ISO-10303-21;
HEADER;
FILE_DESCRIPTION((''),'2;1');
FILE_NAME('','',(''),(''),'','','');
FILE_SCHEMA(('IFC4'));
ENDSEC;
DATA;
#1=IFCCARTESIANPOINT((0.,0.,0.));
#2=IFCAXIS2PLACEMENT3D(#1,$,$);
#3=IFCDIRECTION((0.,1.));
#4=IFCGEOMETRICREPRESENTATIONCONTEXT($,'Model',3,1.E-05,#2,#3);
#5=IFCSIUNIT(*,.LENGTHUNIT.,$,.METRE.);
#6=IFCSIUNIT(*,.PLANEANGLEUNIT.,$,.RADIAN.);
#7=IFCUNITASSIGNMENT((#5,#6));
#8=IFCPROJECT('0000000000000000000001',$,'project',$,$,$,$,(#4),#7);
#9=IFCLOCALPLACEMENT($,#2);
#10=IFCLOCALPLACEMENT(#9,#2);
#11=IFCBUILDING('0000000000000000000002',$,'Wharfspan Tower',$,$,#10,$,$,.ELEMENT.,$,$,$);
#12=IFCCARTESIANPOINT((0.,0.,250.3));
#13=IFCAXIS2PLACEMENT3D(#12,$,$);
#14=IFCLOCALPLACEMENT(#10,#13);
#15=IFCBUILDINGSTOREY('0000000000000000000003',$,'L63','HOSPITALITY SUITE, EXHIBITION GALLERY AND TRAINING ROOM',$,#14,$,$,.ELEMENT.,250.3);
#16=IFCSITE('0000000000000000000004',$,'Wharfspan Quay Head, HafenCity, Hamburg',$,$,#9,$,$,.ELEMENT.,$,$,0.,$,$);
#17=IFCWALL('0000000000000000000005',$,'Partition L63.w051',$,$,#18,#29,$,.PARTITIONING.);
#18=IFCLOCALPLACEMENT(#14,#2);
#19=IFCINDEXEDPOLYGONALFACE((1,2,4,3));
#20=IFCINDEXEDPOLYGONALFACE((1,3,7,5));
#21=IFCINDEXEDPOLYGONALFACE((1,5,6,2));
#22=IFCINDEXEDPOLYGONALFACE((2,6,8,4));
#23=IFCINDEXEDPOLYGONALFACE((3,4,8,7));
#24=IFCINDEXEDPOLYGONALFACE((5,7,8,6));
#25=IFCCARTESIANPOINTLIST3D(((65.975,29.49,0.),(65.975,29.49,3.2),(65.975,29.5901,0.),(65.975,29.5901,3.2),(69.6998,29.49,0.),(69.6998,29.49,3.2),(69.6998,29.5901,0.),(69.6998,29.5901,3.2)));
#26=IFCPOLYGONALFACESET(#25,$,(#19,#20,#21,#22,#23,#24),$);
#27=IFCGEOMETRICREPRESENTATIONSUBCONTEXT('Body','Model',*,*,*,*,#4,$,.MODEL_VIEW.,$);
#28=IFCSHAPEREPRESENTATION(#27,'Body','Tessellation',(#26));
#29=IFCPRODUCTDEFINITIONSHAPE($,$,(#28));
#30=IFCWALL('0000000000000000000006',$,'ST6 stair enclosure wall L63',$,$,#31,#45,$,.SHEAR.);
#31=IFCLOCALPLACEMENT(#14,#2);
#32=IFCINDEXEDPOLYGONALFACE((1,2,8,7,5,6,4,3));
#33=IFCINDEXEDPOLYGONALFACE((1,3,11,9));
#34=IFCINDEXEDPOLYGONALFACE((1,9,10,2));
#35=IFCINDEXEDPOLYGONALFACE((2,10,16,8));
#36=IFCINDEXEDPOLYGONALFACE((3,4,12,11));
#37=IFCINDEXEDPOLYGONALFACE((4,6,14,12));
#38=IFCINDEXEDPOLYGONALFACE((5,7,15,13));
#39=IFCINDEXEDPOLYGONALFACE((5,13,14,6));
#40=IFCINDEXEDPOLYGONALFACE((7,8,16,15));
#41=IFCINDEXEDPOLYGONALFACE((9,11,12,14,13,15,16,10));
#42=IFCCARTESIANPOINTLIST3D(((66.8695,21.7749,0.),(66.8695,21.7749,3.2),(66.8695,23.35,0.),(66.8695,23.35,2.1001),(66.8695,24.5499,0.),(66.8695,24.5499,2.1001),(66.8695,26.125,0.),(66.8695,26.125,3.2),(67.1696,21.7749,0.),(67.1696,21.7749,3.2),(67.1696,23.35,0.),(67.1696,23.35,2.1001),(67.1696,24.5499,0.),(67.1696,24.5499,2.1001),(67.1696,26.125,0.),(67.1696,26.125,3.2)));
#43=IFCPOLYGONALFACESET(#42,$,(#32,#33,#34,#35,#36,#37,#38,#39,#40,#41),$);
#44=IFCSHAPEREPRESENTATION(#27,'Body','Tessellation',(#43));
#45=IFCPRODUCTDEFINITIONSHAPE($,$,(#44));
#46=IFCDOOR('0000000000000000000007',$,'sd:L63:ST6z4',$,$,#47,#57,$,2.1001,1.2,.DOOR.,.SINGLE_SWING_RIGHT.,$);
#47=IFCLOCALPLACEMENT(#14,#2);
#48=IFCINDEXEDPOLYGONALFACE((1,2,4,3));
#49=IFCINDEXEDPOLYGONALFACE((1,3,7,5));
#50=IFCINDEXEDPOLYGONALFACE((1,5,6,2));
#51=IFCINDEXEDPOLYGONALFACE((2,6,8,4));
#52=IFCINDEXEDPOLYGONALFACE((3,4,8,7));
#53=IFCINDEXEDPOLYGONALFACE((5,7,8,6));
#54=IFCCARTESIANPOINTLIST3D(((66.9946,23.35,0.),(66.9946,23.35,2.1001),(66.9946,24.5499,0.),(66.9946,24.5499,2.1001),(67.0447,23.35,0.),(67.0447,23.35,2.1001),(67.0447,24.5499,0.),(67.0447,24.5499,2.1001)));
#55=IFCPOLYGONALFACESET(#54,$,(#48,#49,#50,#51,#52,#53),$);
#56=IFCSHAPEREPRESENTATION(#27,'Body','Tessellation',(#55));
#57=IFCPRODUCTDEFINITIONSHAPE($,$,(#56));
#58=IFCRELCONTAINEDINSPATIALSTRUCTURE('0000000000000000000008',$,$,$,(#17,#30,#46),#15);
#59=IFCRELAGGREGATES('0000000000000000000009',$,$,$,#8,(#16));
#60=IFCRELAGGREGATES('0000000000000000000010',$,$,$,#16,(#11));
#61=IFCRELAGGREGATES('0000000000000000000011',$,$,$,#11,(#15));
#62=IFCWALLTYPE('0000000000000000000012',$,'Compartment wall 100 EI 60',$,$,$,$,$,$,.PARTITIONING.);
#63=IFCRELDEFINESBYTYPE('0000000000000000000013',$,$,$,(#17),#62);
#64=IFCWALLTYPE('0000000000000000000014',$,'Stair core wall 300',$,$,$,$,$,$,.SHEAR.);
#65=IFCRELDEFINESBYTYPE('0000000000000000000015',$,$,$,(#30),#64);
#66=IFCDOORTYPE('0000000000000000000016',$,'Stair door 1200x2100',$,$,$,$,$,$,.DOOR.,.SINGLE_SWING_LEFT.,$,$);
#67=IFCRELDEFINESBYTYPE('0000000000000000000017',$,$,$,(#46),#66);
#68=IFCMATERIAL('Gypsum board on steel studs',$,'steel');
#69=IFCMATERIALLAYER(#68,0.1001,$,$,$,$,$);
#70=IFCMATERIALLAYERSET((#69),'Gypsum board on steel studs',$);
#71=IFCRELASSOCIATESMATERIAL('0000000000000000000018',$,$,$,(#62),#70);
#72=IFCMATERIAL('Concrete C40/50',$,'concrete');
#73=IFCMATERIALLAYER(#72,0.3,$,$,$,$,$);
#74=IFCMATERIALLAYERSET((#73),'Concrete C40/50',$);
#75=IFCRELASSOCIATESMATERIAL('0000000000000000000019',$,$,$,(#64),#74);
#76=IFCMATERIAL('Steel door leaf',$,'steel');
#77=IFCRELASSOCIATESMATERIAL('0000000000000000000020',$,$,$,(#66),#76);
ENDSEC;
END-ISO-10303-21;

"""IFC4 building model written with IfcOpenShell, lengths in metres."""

from ifc_helpers import new_model, si_unit, direction, frame, frame_2d, origin, place, context, subcontext, project, spatial, rectangle, extrude, material, layer, layer_set, type_object, element, fill, save


model = new_model("IFC4")

# Units and contexts
model_context = context("Model", 3, precision=1e-05, world=origin(), true_north=direction((0.0, 1.0)))
body_context = subcontext(model_context, "Body", "Model", "MODEL_VIEW")
ifc_project = project(units=[si_unit("LENGTHUNIT", "METRE"), si_unit("PLANEANGLEUNIT", "RADIAN")], contexts=[model_context])

# Site, building, storey
site_placement = place(None, origin())
site = spatial("IfcSite", under=ifc_project, at=site_placement, Name="Wharfspan Quay Head, HafenCity, Hamburg", CompositionType="ELEMENT", RefElevation=0.0)
building_placement = place(site_placement, origin())
building = spatial("IfcBuilding", under=site, at=building_placement, Name="Wharfspan Tower", CompositionType="ELEMENT")
storey_placement = place(building_placement, frame((0.0, 0.0, 250.3)))
storey = spatial("IfcBuildingStorey", under=building, at=storey_placement, Name="L63", Description="HOSPITALITY SUITE, EXHIBITION GALLERY AND TRAINING ROOM", CompositionType="ELEMENT", Elevation=250.3)

# Shared definitions
ifc_material_1 = material(Name="Gypsum board on steel studs", Category="steel")
ifc_layer_1 = layer(ifc_material_1, 0.1001)
ifc_layer_set_1 = layer_set([ifc_layer_1], Name="Gypsum board on steel studs")
wall_type_1 = type_object("IfcWallType", Name="Compartment wall 100 EI 60", PredefinedType="PARTITIONING", material=ifc_layer_set_1)

# Wall
wall_1_placement = place(storey_placement, frame((65.9751, 29.54, 0.0), z_axis=(0.0, 0.0, 1.0), x_axis=(1.0, 0.0, 0.0)))
element("IfcWall", 1, at=wall_1_placement, inside=storey, type_object=wall_type_1, Name="Partition L63.w051", PredefinedType="PARTITIONING", context=body_context, shape_type="SweptSolid", body=[
    extrude(rectangle(XDim=3.7249, YDim=0.1001, at=frame_2d((1.8623, 0.0))), origin(), (0.0, 0.0, 1.0), 3.2),
])

# Wall, opening, door
ifc_material_2 = material(Name="Concrete C40/50", Category="concrete")
ifc_layer_2 = layer(ifc_material_2, 0.3)
ifc_layer_set_2 = layer_set([ifc_layer_2], Name="Concrete C40/50")
wall_type_2 = type_object("IfcWallType", Name="Stair core wall 300", PredefinedType="SHEAR", material=ifc_layer_set_2)
wall_2_placement = place(storey_placement, frame((67.0195, 21.7749, 0.0), z_axis=(0.0, 0.0, 1.0), x_axis=(0.0, 1.0, 0.0)))
wall_2 = element("IfcWall", 2, at=wall_2_placement, inside=storey, type_object=wall_type_2, Name="ST6 stair enclosure wall L63", PredefinedType="SHEAR", context=body_context, shape_type="SweptSolid", body=[
    extrude(rectangle(XDim=4.3501, YDim=0.3, at=frame_2d((2.175, 0.0))), origin(), (0.0, 0.0, 1.0), 3.2),
])
opening_1_placement = place(wall_2_placement, frame((1.575, 0.0, 0.0)))
opening_1 = element("IfcOpeningElement", 3, at=opening_1_placement, cuts=wall_2, PredefinedType="OPENING", context=body_context, shape_type="SweptSolid", body=[
    extrude(rectangle(XDim=1.2, YDim=2.1001, at=frame_2d((0.6001, 1.05))), frame((0.0, 0.1599, 0.0), z_axis=(0.0, -1.0, 0.0), x_axis=(1.0, 0.0, 0.0)), (0.0, 0.0, 1.0), 0.3201),
])
ifc_material_3 = material(Name="Steel door leaf", Category="steel")
door_type_1 = type_object("IfcDoorType", Name="Stair door 1200x2100", OperationType="SINGLE_SWING_LEFT", PredefinedType="DOOR", material=ifc_material_3)
door_1_placement = place(opening_1_placement, origin())
door_1 = element("IfcDoor", 4, at=door_1_placement, inside=storey, type_object=door_type_1, Name="sd:L63:ST6z4", OperationType="SINGLE_SWING_RIGHT", OverallHeight=2.1001, OverallWidth=1.2, PredefinedType="DOOR", context=body_context, shape_type="SweptSolid", body=[
    extrude(rectangle(XDim=1.2, YDim=2.1001, at=frame_2d((0.6001, 1.05))), frame((0.0, 0.0249, 0.0), z_axis=(0.0, -1.0, 0.0), x_axis=(1.0, 0.0, 0.0)), (0.0, 0.0, 1.0), 0.05),
])
fill(opening_1, door_1)

save(model, "model.ifc")
